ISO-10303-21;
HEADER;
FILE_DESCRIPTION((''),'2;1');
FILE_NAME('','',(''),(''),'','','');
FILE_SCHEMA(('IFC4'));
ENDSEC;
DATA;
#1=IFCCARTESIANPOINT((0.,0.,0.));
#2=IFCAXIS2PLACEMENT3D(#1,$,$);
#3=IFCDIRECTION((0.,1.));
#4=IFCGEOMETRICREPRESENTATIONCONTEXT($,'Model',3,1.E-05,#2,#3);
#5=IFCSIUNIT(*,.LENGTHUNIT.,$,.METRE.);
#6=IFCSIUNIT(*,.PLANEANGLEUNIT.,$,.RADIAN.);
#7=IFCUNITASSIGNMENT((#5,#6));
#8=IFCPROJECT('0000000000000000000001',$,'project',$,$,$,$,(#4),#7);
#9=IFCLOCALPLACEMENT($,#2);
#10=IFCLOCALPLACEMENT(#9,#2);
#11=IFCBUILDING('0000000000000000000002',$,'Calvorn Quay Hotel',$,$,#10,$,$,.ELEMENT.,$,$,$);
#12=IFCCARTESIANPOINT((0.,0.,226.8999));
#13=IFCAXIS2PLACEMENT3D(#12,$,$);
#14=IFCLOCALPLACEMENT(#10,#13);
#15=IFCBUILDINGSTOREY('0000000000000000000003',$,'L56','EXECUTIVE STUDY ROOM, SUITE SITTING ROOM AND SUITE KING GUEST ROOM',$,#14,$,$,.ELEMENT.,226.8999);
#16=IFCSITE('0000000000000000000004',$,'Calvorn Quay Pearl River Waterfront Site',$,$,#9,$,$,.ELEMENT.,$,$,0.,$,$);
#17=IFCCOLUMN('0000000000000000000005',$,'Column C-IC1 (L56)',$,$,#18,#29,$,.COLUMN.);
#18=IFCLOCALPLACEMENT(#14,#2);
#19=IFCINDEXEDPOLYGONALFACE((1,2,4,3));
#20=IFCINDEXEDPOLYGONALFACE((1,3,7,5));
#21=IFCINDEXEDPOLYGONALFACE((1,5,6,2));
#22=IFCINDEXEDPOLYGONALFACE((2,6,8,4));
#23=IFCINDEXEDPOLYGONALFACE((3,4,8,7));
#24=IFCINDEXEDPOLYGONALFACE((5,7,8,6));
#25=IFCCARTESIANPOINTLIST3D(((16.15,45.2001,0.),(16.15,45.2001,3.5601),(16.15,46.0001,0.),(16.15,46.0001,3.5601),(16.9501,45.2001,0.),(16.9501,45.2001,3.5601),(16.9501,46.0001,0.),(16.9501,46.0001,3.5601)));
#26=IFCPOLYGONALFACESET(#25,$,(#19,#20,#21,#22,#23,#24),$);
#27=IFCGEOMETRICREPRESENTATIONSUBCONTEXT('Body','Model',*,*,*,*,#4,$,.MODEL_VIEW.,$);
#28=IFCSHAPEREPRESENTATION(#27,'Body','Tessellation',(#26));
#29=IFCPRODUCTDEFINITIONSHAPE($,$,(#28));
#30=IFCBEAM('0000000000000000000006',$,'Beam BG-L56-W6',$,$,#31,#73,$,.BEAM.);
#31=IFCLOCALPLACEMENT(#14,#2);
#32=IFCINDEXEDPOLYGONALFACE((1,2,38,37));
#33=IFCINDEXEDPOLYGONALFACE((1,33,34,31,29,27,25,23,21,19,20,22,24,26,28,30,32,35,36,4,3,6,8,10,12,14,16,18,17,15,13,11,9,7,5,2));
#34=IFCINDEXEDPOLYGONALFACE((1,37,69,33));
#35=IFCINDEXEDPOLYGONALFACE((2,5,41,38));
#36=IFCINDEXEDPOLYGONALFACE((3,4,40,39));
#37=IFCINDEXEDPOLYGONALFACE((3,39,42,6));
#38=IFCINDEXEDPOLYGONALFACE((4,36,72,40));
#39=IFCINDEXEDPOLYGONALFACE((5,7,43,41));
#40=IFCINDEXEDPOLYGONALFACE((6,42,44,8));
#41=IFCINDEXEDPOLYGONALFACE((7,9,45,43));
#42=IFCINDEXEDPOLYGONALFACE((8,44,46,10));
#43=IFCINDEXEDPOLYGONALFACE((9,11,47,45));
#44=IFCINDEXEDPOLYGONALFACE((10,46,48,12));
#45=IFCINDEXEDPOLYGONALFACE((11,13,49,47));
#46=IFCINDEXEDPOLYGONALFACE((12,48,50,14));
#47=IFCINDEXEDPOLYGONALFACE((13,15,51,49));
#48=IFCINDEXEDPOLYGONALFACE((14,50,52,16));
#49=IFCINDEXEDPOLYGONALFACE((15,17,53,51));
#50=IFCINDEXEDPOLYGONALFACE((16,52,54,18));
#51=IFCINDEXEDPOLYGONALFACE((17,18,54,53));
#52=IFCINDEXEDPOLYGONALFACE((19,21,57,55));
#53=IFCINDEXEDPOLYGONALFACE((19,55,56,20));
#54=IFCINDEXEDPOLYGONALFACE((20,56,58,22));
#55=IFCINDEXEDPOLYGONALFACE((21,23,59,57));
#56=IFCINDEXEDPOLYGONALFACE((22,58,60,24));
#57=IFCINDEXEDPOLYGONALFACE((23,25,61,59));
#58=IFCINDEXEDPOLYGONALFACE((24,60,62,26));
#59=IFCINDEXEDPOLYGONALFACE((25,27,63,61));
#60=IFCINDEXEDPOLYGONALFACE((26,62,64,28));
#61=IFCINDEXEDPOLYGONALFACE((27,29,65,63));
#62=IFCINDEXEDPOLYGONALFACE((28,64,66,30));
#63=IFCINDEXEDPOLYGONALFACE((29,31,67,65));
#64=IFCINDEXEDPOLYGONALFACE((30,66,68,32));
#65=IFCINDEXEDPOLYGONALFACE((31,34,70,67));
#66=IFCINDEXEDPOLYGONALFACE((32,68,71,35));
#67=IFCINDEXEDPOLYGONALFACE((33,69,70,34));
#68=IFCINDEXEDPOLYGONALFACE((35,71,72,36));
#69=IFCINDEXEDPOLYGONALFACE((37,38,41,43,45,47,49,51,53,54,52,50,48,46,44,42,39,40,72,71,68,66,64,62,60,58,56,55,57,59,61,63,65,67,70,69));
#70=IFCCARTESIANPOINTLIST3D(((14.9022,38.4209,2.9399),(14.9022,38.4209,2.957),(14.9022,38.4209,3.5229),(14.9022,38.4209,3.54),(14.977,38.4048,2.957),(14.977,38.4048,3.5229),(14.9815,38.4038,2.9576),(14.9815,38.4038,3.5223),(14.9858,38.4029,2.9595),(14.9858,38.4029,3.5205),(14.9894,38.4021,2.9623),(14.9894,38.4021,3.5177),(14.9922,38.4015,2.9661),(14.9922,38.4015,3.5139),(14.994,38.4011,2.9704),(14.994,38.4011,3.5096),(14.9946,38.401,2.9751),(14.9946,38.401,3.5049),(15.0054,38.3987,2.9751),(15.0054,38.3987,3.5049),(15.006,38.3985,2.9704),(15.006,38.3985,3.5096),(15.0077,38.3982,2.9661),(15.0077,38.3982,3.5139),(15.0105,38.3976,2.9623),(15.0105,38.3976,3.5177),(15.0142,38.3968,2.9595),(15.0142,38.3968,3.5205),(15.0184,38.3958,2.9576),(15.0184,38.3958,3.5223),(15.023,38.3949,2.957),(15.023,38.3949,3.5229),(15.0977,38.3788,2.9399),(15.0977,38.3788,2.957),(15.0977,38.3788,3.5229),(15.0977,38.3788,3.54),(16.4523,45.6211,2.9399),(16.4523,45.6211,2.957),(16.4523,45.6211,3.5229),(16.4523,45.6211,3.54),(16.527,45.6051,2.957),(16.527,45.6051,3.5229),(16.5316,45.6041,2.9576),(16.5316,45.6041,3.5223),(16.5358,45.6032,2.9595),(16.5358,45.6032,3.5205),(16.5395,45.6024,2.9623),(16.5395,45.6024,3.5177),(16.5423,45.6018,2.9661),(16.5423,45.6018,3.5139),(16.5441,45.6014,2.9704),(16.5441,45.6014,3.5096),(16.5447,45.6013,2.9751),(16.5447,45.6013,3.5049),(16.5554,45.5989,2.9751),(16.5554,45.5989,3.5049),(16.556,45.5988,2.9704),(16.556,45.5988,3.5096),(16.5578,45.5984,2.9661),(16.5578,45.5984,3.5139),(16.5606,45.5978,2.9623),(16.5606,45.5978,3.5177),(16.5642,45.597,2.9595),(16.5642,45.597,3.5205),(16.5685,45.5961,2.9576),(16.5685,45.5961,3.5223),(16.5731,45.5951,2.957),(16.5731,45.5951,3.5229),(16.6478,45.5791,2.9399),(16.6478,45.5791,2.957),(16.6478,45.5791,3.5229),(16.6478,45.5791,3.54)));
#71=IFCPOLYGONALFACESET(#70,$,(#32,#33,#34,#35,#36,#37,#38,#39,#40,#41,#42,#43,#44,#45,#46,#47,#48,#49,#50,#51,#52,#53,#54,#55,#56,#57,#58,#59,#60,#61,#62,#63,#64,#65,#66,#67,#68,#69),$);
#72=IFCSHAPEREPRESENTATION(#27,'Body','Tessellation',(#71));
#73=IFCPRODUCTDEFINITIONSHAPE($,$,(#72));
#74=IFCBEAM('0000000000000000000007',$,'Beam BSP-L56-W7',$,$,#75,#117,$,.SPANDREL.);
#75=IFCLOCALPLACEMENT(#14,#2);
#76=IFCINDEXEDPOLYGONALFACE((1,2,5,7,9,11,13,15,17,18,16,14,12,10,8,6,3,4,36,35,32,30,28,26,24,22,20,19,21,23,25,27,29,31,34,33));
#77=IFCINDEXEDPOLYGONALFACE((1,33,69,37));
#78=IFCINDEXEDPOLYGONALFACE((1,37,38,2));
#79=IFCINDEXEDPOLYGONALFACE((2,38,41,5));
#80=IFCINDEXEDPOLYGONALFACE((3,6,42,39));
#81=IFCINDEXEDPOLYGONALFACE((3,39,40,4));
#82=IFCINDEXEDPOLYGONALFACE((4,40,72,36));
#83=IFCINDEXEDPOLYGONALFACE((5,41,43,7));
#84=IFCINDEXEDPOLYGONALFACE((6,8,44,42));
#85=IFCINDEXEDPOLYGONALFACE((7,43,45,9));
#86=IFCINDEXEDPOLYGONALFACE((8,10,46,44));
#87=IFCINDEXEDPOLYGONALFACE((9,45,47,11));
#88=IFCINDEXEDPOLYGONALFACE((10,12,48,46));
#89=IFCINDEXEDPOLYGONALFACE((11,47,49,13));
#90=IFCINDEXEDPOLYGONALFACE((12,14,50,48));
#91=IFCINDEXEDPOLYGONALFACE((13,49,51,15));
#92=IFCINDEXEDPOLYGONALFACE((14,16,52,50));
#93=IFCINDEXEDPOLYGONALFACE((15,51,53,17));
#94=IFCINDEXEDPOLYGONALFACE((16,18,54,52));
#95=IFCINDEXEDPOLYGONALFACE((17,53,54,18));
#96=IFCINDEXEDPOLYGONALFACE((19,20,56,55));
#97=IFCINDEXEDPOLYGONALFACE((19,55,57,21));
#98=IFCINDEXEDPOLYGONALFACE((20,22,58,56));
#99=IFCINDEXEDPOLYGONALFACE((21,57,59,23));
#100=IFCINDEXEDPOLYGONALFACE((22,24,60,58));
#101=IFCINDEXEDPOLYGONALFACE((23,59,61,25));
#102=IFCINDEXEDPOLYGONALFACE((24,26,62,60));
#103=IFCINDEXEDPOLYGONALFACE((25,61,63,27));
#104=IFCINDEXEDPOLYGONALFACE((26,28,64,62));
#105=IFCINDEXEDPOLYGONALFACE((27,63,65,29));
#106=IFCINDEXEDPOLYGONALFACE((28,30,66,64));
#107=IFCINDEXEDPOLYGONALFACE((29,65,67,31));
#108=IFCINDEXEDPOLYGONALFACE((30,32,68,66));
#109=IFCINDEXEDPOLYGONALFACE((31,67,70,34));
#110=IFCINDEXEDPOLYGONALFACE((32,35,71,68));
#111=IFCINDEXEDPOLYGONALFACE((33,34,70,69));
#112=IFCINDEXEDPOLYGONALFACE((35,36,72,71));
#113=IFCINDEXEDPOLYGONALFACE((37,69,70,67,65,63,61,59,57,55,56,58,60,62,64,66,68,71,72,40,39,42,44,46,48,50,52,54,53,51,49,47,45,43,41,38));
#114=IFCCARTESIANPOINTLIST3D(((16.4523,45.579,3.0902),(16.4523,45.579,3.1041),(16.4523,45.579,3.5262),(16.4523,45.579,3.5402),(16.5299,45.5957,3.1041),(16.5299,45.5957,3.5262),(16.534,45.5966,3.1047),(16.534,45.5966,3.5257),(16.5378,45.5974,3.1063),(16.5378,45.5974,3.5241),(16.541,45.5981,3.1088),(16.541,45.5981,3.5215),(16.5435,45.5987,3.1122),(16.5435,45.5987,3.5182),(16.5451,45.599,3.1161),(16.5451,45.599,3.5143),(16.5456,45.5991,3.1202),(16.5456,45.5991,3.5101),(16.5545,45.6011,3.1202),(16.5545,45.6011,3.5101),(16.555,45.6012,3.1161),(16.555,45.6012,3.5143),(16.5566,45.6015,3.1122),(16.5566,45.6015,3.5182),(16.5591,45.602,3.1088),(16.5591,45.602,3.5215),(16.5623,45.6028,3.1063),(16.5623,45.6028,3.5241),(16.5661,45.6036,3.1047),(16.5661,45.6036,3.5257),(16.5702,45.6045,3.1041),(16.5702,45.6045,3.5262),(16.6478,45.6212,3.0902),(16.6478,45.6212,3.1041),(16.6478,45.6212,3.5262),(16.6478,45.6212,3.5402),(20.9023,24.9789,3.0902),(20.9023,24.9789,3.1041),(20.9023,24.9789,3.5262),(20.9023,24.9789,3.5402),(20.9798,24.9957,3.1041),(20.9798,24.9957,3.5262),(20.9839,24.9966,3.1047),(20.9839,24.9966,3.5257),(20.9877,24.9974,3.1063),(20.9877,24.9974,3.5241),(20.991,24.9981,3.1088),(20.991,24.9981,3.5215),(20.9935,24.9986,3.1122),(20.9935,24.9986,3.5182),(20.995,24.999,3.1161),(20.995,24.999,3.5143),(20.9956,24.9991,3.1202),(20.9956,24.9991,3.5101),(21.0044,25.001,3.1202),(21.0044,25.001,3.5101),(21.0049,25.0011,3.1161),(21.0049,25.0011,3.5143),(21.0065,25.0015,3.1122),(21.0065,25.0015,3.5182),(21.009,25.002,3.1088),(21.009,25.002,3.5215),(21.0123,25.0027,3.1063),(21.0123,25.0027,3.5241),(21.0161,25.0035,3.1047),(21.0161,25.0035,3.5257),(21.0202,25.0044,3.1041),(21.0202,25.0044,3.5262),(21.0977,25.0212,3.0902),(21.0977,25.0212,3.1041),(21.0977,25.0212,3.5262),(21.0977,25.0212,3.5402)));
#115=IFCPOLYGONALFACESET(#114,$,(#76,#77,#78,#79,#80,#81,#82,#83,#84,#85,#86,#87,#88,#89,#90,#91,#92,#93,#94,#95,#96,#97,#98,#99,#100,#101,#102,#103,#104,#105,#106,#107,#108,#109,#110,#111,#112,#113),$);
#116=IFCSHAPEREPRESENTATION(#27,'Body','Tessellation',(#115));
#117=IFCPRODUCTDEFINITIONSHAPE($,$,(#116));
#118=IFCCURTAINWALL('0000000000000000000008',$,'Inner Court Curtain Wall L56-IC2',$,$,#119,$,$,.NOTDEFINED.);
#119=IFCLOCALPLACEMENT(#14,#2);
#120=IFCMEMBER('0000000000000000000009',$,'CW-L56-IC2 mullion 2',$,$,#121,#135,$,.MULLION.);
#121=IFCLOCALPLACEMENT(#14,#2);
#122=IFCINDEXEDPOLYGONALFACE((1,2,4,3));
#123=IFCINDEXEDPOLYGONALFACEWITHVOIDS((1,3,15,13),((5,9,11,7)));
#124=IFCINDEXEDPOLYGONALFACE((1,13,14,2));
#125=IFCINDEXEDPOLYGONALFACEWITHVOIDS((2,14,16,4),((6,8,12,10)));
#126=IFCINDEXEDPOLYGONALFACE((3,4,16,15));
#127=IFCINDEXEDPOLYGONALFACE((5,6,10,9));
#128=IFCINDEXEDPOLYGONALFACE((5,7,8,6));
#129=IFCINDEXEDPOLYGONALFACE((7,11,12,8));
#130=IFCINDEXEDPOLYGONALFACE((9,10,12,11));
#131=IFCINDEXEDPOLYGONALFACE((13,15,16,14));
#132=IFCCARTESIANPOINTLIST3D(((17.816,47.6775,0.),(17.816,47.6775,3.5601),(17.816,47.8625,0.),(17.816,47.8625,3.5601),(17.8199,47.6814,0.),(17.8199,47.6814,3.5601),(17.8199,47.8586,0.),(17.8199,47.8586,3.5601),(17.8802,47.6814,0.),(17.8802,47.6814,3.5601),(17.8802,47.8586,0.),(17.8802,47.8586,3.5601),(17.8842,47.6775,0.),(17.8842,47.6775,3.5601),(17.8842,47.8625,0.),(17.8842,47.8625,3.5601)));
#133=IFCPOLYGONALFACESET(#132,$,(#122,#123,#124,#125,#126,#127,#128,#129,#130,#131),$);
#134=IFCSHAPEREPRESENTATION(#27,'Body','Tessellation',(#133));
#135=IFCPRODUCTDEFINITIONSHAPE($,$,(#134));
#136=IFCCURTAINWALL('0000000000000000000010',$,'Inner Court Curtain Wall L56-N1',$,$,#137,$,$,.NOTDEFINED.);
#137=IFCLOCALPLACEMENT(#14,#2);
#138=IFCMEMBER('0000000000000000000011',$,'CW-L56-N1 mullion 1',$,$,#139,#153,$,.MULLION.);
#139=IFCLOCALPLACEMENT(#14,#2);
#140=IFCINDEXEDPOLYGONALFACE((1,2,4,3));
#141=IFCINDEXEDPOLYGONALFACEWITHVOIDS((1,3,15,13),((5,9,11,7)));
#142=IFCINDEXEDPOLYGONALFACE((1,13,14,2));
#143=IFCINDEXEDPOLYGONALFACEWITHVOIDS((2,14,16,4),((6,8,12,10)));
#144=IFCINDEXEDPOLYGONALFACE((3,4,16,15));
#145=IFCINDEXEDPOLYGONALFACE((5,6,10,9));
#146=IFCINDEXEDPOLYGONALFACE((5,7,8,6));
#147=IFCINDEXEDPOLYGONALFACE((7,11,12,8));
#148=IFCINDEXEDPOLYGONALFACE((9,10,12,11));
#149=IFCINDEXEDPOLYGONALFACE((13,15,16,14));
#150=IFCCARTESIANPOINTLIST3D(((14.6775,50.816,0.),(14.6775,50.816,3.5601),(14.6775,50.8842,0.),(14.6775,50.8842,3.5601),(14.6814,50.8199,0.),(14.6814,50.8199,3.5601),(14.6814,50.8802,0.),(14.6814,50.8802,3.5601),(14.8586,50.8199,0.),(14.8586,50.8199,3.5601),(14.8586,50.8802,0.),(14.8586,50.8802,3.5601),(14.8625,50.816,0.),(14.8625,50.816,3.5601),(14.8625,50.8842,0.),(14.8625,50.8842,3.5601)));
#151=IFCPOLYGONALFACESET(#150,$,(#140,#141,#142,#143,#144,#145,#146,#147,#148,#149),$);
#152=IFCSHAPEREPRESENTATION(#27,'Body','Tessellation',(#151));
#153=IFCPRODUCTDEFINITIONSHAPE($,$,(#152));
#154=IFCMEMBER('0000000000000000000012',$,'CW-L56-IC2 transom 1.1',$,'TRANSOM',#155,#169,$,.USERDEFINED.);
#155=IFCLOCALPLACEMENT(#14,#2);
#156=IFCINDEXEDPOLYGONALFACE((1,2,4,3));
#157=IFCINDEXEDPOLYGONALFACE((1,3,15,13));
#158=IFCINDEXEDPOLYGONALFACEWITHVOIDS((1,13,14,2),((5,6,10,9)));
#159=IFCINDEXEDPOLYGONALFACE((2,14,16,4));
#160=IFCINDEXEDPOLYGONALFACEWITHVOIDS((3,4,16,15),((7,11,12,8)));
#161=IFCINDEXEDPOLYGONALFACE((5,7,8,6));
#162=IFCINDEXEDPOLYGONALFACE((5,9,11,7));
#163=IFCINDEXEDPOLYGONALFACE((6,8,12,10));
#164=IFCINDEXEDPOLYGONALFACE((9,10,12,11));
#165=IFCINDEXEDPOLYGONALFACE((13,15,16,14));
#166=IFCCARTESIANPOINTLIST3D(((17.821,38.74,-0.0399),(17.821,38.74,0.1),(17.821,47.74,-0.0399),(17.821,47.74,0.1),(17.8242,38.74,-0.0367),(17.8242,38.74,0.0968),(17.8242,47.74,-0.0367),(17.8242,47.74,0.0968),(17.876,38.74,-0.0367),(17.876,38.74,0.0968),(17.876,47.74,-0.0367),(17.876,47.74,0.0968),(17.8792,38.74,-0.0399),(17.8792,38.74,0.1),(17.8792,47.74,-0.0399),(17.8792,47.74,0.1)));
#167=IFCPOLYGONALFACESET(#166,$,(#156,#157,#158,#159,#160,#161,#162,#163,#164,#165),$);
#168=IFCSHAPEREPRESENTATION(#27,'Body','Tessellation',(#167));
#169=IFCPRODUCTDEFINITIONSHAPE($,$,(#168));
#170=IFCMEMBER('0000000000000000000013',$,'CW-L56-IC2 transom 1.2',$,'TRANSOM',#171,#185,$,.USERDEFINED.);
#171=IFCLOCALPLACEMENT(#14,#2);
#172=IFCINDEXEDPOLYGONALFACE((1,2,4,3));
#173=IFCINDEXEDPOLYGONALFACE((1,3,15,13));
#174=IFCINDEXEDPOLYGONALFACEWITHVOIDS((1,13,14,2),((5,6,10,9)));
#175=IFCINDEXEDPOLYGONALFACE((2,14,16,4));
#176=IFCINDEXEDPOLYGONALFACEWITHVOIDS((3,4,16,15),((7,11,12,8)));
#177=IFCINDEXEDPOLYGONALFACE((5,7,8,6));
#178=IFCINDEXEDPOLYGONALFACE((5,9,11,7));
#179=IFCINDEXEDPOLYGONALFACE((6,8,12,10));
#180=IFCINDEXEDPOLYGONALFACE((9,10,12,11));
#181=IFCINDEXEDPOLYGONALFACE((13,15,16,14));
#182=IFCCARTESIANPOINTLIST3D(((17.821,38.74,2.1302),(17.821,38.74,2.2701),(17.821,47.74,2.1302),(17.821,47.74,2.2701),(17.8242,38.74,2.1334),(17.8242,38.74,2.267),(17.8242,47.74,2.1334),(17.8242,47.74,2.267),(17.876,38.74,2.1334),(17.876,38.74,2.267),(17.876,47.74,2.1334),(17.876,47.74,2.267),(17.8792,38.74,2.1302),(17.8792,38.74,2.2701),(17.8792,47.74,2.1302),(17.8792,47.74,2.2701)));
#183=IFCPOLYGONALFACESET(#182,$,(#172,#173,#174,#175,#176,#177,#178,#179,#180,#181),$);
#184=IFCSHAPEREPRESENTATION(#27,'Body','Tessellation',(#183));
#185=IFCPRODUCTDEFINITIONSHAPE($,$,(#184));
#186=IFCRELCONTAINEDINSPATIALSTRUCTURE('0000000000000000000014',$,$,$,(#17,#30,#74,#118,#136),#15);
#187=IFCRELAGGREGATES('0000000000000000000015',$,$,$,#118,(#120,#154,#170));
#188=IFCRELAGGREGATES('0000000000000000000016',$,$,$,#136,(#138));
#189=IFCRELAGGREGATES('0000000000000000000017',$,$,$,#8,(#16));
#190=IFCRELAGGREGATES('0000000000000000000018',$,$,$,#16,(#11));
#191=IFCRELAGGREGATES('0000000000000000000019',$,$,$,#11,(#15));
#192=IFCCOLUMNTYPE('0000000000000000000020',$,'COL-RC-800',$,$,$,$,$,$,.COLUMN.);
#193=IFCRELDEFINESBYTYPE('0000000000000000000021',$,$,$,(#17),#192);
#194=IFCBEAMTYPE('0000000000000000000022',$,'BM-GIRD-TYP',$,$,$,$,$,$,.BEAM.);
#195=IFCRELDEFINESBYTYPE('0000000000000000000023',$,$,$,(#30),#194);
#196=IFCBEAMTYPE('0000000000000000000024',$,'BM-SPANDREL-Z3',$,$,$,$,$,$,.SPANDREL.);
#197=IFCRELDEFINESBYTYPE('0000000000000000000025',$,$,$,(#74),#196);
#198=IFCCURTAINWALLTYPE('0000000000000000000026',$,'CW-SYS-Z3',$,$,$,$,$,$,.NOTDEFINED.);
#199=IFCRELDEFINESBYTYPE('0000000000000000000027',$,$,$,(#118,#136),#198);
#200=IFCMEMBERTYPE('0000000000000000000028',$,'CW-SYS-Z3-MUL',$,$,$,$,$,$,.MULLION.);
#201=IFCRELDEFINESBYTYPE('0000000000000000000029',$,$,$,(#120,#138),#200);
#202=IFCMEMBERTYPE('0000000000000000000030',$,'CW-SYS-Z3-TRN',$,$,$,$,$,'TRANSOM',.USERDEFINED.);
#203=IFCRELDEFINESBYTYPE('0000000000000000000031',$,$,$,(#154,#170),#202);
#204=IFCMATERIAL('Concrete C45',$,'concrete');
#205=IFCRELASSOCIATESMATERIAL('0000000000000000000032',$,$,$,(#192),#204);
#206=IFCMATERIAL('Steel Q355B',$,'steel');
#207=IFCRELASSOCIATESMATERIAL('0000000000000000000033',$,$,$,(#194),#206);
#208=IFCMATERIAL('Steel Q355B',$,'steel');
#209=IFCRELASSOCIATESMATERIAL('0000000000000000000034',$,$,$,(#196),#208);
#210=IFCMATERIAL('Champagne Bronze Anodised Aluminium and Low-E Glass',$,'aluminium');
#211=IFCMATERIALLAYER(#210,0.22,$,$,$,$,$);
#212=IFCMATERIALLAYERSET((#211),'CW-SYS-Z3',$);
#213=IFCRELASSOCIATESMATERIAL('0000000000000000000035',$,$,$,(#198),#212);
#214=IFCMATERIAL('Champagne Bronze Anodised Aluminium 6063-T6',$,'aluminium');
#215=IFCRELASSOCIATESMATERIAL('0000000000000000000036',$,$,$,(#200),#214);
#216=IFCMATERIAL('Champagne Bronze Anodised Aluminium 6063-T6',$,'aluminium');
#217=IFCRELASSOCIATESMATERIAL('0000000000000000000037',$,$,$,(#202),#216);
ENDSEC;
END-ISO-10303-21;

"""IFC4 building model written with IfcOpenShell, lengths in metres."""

from ifc_helpers import new_model, si_unit, direction, frame, origin, origin_2d, place, context, subcontext, project, spatial, rectangle, hollow_rectangle, i_section, extrude, material, layer, layer_set, material_profile, profile_set, type_object, element, aggregate, save


model = new_model("IFC4")

# Units and contexts
model_context = context("Model", 3, precision=1e-05, world=origin(), true_north=direction((0.0, 1.0)))
body_context = subcontext(model_context, "Body", "Model", "MODEL_VIEW")
ifc_project = project(units=[si_unit("LENGTHUNIT", "METRE"), si_unit("PLANEANGLEUNIT", "RADIAN")], contexts=[model_context])

# Site, building, storey
site_placement = place(None, origin())
site = spatial("IfcSite", under=ifc_project, at=site_placement, Name="Calvorn Quay Pearl River Waterfront Site", CompositionType="ELEMENT", RefElevation=0.0)
building_placement = place(site_placement, origin())
building = spatial("IfcBuilding", under=site, at=building_placement, Name="Calvorn Quay Hotel", CompositionType="ELEMENT")
storey_placement = place(building_placement, frame((0.0, 0.0, 226.8999)))
storey = spatial("IfcBuildingStorey", under=building, at=storey_placement, Name="L56", Description="EXECUTIVE STUDY ROOM, SUITE SITTING ROOM AND SUITE KING GUEST ROOM", CompositionType="ELEMENT", Elevation=226.8999)

# Column
ifc_material_1 = material(Name="Concrete C45", Category="concrete")
ifc_material_profile_1 = material_profile(ifc_material_1, rectangle(XDim=0.8, YDim=0.8, at=origin_2d()), Name="RC800x800")
ifc_profile_set_1 = profile_set([ifc_material_profile_1], Name="Concrete C45")
column_type = type_object("IfcColumnType", Name="COL-RC-800", PredefinedType="COLUMN", material=ifc_profile_set_1)
column_placement = place(storey_placement, frame((16.55, 45.6001, 0.0), z_axis=(0.0, 0.0, 1.0), x_axis=(1.0, 0.0, 0.0)))
element("IfcColumn", 1, at=column_placement, inside=storey, type_object=column_type, Name="Column C-IC1 (L56)", PredefinedType="COLUMN", context=body_context, shape_type="SweptSolid", body=[
    extrude(rectangle(XDim=0.8, YDim=0.8, at=origin_2d()), origin(), (0.0, 0.0, 1.0), 3.5601),
])

# Beams
ifc_material_2 = material(Name="Steel Q355B", Category="steel")
ifc_material_profile_2 = material_profile(ifc_material_2, i_section(OverallWidth=0.2, OverallDepth=0.6001, WebThickness=0.011, FlangeThickness=0.0171, FilletRadius=0.0181, at=origin_2d()), Name="HN600x200x11x17")
ifc_profile_set_2 = profile_set([ifc_material_profile_2], Name="Steel Q355B")
beam_type_1 = type_object("IfcBeamType", Name="BM-GIRD-TYP", PredefinedType="BEAM", material=ifc_profile_set_2)
beam_1_placement = place(storey_placement, frame((16.55, 45.6001, 3.24), z_axis=(-0.210457, -0.977603, 0.0), x_axis=(0.977603, -0.210457, 0.0)))
element("IfcBeam", 2, at=beam_1_placement, inside=storey, type_object=beam_type_1, Name="Beam BG-L56-W6", PredefinedType="BEAM", context=body_context, shape_type="SweptSolid", body=[
    extrude(i_section(OverallWidth=0.2, OverallDepth=0.6001, WebThickness=0.011, FlangeThickness=0.0171, FilletRadius=0.0181, at=origin_2d()), origin(), (0.0, 0.0, 1.0), 7.3652),
])
ifc_material_3 = material(Name="Steel Q355B", Category="steel")
ifc_material_profile_3 = material_profile(ifc_material_3, i_section(OverallWidth=0.2, OverallDepth=0.45, WebThickness=0.009, FlangeThickness=0.0139, FilletRadius=0.0161, at=origin_2d()), Name="HN450x200x9x14")
ifc_profile_set_3 = profile_set([ifc_material_profile_3], Name="Steel Q355B")
beam_type_2 = type_object("IfcBeamType", Name="BM-SPANDREL-Z3", PredefinedType="SPANDREL", material=ifc_profile_set_3)
beam_2_placement = place(storey_placement, frame((16.55, 45.6001, 3.3152), z_axis=(0.211146, -0.977455, 0.0), x_axis=(0.977455, 0.211146, 0.0)))
element("IfcBeam", 3, at=beam_2_placement, inside=storey, type_object=beam_type_2, Name="Beam BSP-L56-W7", PredefinedType="SPANDREL", context=body_context, shape_type="SweptSolid", body=[
    extrude(i_section(OverallWidth=0.2, OverallDepth=0.45, WebThickness=0.009, FlangeThickness=0.0139, FilletRadius=0.0161, at=origin_2d()), origin(), (0.0, 0.0, 1.0), 21.0752),
])

# Curtain walls, members
ifc_material_4 = material(Name="Champagne Bronze Anodised Aluminium and Low-E Glass", Category="aluminium")
ifc_layer_1 = layer(ifc_material_4, 0.22)
ifc_layer_set_1 = layer_set([ifc_layer_1], Name="CW-SYS-Z3")
curtain_wall_type = type_object("IfcCurtainWallType", Name="CW-SYS-Z3", PredefinedType="NOTDEFINED", material=ifc_layer_set_1)
curtain_wall_1_placement = place(storey_placement, origin())
curtain_wall_1 = element("IfcCurtainWall", 4, at=curtain_wall_1_placement, inside=storey, type_object=curtain_wall_type, Name="Inner Court Curtain Wall L56-IC2", PredefinedType="NOTDEFINED")
ifc_material_5 = material(Name="Champagne Bronze Anodised Aluminium 6063-T6", Category="aluminium")
ifc_material_profile_4 = material_profile(ifc_material_5, hollow_rectangle(XDim=0.0681, YDim=0.1851, WallThickness=0.0039, at=origin_2d()), Name="ALU-M185x68x4")
ifc_profile_set_4 = profile_set([ifc_material_profile_4], Name="Champagne Bronze Anodised Aluminium 6063-T6")
member_type_1 = type_object("IfcMemberType", Name="CW-SYS-Z3-MUL", PredefinedType="MULLION", material=ifc_profile_set_4)
member_1_placement = place(storey_placement, frame((17.8501, 47.77, 0.0), z_axis=(0.0, 0.0, 1.0), x_axis=(-1.0, 0.0, 0.0)))
member_1 = element("IfcMember", 5, at=member_1_placement, type_object=member_type_1, Name="CW-L56-IC2 mullion 2", PredefinedType="MULLION", context=body_context, shape_type="SweptSolid", body=[
    extrude(hollow_rectangle(XDim=0.0681, YDim=0.1851, WallThickness=0.0039, at=origin_2d()), origin(), (0.0, 0.0, 1.0), 3.5601),
])
curtain_wall_2_placement = place(storey_placement, origin())
curtain_wall_2 = element("IfcCurtainWall", 6, at=curtain_wall_2_placement, inside=storey, type_object=curtain_wall_type, Name="Inner Court Curtain Wall L56-N1", PredefinedType="NOTDEFINED")
member_2_placement = place(storey_placement, frame((14.77, 50.8501, 0.0), z_axis=(0.0, 0.0, 1.0), x_axis=(0.0, -1.0, 0.0)))
member_2 = element("IfcMember", 7, at=member_2_placement, type_object=member_type_1, Name="CW-L56-N1 mullion 1", PredefinedType="MULLION", context=body_context, shape_type="SweptSolid", body=[
    extrude(hollow_rectangle(XDim=0.0681, YDim=0.1851, WallThickness=0.0039, at=origin_2d()), origin(), (0.0, 0.0, 1.0), 3.5601),
])

# Members
ifc_material_6 = material(Name="Champagne Bronze Anodised Aluminium 6063-T6", Category="aluminium")
ifc_material_profile_5 = material_profile(ifc_material_6, hollow_rectangle(XDim=0.0581, YDim=0.1399, WallThickness=0.0032, at=origin_2d()), Name="ALU-T140x58x3.2")
ifc_profile_set_5 = profile_set([ifc_material_profile_5], Name="Champagne Bronze Anodised Aluminium 6063-T6")
member_type_2 = type_object("IfcMemberType", Name="CW-SYS-Z3-TRN", ElementType="TRANSOM", PredefinedType="USERDEFINED", material=ifc_profile_set_5)
member_3_placement = place(storey_placement, frame((17.8501, 38.74, 0.03), z_axis=(0.0, 1.0, 0.0), x_axis=(-1.0, 0.0, 0.0)))
member_3 = element("IfcMember", 8, at=member_3_placement, type_object=member_type_2, Name="CW-L56-IC2 transom 1.1", ObjectType="TRANSOM", PredefinedType="USERDEFINED", context=body_context, shape_type="SweptSolid", body=[
    extrude(hollow_rectangle(XDim=0.0581, YDim=0.1399, WallThickness=0.0032, at=origin_2d()), origin(), (0.0, 0.0, 1.0), 9.0),
])
member_4_placement = place(storey_placement, frame((17.8501, 38.74, 2.2002), z_axis=(0.0, 1.0, 0.0), x_axis=(-1.0, 0.0, 0.0)))
member_4 = element("IfcMember", 9, at=member_4_placement, type_object=member_type_2, Name="CW-L56-IC2 transom 1.2", ObjectType="TRANSOM", PredefinedType="USERDEFINED", context=body_context, shape_type="SweptSolid", body=[
    extrude(hollow_rectangle(XDim=0.0581, YDim=0.1399, WallThickness=0.0032, at=origin_2d()), origin(), (0.0, 0.0, 1.0), 9.0),
])

aggregate(curtain_wall_1, [member_1, member_3, member_4])
aggregate(curtain_wall_2, [member_2])

save(model, "model.ifc")
